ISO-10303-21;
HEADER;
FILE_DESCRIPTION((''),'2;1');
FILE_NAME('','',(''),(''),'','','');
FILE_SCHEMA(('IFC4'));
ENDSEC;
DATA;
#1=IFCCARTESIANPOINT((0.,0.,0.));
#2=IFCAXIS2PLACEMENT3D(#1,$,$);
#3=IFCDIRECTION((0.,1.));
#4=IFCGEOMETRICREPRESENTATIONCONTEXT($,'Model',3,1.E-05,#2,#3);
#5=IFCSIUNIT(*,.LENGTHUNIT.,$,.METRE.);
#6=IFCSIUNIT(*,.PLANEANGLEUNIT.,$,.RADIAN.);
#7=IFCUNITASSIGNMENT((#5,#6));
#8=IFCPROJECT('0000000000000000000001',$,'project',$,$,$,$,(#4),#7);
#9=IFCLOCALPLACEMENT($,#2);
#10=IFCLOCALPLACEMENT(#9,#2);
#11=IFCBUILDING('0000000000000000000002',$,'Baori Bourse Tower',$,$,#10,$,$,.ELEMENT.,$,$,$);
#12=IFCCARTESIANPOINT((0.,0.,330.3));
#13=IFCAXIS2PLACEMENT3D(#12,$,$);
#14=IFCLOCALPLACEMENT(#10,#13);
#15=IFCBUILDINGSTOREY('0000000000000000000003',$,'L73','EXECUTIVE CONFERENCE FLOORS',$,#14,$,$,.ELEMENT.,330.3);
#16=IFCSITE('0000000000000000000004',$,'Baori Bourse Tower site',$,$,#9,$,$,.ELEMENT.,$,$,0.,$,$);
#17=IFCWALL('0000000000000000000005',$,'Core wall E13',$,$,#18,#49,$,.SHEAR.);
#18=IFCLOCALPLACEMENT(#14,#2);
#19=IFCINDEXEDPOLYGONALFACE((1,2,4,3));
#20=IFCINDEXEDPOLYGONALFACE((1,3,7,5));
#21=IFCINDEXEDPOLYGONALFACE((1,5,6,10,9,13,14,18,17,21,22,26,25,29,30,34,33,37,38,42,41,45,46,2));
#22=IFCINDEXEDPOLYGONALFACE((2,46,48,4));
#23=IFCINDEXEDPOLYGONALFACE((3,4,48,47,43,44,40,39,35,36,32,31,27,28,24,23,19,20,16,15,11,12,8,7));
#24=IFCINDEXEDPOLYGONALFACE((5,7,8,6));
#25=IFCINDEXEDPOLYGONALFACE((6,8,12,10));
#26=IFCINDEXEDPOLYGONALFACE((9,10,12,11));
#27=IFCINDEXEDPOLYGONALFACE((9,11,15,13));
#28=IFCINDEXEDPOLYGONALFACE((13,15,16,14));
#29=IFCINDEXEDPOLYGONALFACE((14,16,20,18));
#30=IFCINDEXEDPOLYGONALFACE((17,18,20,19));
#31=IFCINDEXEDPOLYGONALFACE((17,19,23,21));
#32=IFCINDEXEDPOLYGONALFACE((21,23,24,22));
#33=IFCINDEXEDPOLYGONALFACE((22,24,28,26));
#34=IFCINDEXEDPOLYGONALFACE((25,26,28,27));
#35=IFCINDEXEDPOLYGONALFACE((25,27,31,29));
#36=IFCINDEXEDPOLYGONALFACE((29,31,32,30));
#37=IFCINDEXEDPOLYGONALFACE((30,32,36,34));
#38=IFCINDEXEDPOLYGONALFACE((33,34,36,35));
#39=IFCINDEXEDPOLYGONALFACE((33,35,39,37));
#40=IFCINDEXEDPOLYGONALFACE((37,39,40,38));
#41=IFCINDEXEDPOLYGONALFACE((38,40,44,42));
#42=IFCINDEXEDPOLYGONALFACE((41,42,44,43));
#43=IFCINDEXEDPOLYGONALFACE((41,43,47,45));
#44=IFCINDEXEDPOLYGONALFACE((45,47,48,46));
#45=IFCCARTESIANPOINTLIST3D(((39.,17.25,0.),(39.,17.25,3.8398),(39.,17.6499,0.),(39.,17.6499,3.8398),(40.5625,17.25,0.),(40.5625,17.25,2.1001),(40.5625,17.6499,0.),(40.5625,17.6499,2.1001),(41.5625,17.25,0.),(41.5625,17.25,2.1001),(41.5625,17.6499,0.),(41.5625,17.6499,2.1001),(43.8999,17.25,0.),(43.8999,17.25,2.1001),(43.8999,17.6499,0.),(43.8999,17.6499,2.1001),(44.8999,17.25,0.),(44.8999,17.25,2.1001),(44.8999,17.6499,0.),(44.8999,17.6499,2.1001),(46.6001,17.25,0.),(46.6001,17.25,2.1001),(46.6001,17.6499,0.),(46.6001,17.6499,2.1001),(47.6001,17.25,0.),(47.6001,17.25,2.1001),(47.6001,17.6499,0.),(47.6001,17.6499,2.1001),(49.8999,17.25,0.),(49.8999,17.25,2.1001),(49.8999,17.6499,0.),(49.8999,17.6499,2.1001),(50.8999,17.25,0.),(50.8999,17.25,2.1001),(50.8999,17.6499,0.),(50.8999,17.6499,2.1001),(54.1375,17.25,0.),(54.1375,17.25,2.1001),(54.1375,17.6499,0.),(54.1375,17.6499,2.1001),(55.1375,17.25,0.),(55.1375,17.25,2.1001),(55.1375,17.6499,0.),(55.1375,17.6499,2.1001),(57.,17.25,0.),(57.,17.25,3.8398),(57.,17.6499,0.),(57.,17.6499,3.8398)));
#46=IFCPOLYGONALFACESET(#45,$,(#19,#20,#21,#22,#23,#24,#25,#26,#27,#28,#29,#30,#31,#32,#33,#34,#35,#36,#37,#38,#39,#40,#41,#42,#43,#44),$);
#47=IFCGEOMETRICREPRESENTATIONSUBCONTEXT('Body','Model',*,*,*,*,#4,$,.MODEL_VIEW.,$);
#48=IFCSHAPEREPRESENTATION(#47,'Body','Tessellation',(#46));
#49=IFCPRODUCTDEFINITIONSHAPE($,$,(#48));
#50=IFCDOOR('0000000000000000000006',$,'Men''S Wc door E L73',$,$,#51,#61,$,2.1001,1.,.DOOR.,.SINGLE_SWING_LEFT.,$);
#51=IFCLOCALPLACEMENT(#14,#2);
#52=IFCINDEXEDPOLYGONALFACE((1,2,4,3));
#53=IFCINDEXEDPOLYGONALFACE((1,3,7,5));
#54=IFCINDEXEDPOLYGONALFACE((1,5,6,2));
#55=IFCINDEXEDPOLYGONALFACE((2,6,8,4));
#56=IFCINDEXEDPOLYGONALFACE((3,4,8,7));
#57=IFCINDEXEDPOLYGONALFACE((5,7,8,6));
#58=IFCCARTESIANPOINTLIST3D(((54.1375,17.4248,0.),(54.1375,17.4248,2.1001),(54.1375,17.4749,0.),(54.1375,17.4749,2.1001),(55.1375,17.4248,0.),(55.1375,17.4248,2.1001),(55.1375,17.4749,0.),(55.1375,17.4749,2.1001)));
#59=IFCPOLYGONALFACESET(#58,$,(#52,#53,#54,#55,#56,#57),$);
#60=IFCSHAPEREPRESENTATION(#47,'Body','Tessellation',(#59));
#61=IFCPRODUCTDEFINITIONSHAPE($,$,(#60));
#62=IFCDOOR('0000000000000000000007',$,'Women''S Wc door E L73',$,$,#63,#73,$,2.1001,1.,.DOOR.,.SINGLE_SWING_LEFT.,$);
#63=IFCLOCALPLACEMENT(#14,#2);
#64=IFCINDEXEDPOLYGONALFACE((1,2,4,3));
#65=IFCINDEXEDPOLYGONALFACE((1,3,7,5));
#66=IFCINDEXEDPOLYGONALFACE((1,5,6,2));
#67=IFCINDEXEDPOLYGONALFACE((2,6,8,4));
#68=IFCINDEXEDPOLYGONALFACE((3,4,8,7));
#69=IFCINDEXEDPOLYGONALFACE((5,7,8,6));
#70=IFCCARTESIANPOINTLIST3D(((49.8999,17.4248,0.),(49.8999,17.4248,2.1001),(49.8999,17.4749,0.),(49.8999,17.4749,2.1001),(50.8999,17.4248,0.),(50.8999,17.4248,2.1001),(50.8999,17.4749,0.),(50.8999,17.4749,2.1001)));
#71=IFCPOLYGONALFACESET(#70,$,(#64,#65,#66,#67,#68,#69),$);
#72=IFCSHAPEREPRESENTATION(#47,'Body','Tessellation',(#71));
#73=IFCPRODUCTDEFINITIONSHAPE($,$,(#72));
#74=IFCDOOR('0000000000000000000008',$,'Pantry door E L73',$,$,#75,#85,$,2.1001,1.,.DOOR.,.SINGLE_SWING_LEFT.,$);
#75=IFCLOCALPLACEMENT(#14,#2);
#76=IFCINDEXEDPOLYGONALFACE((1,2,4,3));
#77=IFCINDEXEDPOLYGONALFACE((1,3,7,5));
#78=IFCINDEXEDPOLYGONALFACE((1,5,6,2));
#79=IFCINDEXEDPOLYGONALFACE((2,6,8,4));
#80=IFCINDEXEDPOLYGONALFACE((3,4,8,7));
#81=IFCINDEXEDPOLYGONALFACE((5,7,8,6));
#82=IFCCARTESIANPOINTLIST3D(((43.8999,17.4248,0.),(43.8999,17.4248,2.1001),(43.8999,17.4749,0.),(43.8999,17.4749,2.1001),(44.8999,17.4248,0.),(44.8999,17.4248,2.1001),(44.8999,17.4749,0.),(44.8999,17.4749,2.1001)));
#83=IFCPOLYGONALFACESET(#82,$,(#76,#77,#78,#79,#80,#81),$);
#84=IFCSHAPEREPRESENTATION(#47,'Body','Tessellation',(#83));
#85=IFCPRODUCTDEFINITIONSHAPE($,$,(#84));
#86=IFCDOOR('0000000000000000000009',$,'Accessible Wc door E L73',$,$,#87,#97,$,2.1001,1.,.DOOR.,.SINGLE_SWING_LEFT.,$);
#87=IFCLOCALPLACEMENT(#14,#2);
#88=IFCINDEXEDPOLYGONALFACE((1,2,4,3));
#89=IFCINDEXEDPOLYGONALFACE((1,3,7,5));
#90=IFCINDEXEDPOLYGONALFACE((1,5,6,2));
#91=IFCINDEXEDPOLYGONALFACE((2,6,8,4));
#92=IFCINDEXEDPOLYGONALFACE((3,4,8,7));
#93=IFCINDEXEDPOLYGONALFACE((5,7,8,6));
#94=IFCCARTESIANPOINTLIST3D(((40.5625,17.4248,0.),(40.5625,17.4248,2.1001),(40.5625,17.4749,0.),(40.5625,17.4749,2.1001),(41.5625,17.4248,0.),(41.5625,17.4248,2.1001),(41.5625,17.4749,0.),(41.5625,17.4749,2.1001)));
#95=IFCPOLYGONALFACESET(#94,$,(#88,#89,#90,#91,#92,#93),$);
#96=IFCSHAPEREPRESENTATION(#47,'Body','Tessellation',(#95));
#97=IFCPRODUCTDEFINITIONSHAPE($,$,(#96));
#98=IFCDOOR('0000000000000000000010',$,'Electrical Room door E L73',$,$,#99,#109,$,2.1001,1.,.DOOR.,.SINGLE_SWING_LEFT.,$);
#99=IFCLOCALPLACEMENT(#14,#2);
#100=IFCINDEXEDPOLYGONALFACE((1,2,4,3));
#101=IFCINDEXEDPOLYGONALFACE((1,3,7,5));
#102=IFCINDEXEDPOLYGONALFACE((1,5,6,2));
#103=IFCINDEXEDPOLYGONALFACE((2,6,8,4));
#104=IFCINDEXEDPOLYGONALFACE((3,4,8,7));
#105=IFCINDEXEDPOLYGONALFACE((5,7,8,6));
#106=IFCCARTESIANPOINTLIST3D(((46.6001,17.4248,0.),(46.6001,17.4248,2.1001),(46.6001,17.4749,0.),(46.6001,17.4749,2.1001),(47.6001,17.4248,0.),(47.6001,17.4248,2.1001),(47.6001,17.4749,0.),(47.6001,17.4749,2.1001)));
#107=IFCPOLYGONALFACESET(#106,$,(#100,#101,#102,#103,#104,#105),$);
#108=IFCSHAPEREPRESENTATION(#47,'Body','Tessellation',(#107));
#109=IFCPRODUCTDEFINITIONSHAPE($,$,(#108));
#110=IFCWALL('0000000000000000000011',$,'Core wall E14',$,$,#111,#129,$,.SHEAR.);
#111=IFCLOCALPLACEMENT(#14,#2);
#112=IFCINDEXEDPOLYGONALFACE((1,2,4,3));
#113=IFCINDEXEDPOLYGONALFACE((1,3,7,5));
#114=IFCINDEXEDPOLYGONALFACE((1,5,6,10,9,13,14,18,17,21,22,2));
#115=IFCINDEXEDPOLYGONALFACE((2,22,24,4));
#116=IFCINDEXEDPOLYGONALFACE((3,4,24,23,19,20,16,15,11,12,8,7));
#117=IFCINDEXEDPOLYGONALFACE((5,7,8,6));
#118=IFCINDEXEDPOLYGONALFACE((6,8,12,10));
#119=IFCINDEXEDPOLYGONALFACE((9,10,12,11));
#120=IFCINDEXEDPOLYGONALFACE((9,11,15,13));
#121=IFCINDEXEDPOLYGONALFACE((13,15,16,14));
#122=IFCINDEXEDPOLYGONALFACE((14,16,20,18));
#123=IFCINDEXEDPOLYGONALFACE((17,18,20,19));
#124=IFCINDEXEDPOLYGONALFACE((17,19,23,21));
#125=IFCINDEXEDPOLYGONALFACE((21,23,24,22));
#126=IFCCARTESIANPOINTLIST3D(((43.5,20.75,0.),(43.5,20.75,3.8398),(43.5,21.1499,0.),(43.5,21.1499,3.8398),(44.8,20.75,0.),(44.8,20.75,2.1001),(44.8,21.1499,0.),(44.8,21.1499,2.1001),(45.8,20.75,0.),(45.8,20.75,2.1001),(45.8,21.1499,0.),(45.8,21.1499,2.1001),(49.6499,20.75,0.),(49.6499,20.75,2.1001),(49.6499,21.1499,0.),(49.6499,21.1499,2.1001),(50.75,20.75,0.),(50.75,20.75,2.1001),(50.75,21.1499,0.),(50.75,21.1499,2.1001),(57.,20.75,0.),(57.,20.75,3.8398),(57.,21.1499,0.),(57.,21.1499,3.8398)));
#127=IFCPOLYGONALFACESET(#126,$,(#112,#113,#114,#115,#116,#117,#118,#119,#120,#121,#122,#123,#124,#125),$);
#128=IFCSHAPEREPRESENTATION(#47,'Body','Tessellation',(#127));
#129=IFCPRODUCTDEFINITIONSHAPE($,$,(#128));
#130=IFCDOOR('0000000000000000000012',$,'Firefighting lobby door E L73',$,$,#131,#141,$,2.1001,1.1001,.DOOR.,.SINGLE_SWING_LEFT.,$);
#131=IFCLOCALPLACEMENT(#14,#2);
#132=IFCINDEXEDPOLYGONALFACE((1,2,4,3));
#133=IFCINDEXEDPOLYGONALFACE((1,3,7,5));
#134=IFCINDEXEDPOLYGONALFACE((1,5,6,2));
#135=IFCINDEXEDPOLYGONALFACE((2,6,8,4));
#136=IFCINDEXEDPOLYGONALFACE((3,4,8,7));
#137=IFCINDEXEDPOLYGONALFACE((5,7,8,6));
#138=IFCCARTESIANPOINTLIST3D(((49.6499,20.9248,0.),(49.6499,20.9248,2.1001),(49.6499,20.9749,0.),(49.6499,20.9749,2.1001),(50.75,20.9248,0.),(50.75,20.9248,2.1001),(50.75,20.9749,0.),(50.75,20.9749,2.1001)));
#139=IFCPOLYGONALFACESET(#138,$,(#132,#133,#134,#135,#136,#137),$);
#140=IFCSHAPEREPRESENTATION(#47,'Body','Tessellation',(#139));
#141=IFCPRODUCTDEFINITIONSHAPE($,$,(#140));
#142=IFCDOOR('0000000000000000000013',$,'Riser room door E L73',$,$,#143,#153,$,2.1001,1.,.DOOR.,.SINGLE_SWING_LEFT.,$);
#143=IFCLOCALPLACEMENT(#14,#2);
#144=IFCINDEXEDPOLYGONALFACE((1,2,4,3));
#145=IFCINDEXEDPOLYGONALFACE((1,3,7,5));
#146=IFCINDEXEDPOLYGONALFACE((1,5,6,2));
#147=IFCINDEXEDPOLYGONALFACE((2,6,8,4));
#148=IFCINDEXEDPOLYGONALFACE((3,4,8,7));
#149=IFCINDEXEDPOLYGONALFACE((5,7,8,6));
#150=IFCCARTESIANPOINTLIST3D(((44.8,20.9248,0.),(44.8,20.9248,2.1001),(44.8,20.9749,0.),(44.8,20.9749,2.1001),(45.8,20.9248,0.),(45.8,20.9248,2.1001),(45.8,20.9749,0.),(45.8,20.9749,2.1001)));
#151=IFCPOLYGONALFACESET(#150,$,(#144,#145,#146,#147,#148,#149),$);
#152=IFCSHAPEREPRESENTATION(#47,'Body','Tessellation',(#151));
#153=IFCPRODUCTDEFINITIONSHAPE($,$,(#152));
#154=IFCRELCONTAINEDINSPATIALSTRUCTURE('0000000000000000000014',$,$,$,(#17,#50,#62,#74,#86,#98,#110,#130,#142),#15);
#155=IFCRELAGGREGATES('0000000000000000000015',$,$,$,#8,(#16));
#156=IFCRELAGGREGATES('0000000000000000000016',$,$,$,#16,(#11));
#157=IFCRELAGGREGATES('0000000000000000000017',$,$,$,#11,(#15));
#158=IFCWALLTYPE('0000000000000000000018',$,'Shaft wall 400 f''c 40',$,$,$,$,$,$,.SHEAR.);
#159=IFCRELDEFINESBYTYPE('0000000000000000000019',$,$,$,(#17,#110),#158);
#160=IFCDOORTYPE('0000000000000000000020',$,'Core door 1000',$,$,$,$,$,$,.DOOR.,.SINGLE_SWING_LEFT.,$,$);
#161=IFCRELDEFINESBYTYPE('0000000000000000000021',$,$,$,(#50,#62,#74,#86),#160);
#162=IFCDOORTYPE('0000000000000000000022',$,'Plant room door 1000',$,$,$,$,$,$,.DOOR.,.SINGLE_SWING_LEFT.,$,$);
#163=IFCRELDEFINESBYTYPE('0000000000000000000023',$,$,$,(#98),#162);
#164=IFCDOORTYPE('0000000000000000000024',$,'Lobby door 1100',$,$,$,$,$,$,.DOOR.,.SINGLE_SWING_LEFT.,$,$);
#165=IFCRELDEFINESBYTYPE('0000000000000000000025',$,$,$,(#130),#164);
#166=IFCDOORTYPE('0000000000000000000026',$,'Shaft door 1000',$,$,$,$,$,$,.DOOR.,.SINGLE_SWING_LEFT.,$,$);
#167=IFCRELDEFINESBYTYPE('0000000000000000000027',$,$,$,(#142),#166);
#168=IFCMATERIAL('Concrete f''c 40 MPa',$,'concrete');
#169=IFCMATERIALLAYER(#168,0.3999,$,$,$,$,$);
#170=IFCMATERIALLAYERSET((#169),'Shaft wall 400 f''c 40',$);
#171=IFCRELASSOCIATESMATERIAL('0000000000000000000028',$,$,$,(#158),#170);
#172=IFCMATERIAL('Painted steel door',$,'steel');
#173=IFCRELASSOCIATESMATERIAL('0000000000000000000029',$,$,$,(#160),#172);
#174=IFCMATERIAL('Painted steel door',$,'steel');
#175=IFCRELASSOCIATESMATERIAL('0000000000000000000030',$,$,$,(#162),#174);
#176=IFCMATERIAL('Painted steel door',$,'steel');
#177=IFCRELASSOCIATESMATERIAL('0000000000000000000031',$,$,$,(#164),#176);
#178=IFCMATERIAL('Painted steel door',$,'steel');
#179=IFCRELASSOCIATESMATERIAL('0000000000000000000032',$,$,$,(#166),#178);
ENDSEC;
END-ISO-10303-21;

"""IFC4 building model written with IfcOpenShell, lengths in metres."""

from ifc_helpers import new_model, si_unit, direction, frame, frame_2d, origin, place, context, subcontext, project, spatial, rectangle, extrude, material, layer, layer_set, type_object, element, fill, save


model = new_model("IFC4")

# Units and contexts
model_context = context("Model", 3, precision=1e-05, world=origin(), true_north=direction((0.0, 1.0)))
body_context = subcontext(model_context, "Body", "Model", "MODEL_VIEW")
ifc_project = project(units=[si_unit("LENGTHUNIT", "METRE"), si_unit("PLANEANGLEUNIT", "RADIAN")], contexts=[model_context])

# Site, building, storey
site_placement = place(None, origin())
site = spatial("IfcSite", under=ifc_project, at=site_placement, Name="Baori Bourse Tower site", CompositionType="ELEMENT", RefElevation=0.0)
building_placement = place(site_placement, origin())
building = spatial("IfcBuilding", under=site, at=building_placement, Name="Baori Bourse Tower", CompositionType="ELEMENT")
storey_placement = place(building_placement, frame((0.0, 0.0, 330.3)))
storey = spatial("IfcBuildingStorey", under=building, at=storey_placement, Name="L73", Description="EXECUTIVE CONFERENCE FLOORS", CompositionType="ELEMENT", Elevation=330.3)

# Shared definitions
ifc_material_1 = material(Name="Concrete f'c 40 MPa", Category="concrete")
ifc_layer_1 = layer(ifc_material_1, 0.3999)
ifc_layer_set_1 = layer_set([ifc_layer_1], Name="Shaft wall 400 f'c 40")
wall_type_1 = type_object("IfcWallType", Name="Shaft wall 400 f'c 40", PredefinedType="SHEAR", material=ifc_layer_set_1)

# Walls, openings, doors
wall_1_placement = place(storey_placement, frame((39.0, 17.45, 0.0), z_axis=(0.0, 0.0, 1.0), x_axis=(1.0, 0.0, 0.0)))
wall_1 = element("IfcWall", 1, at=wall_1_placement, inside=storey, type_object=wall_type_1, Name="Core wall E13", PredefinedType="SHEAR", context=body_context, shape_type="SweptSolid", body=[
    extrude(rectangle(XDim=18.0, YDim=0.3999, at=frame_2d((9.0, 0.0))), origin(), (0.0, 0.0, 1.0), 3.8398),
])
opening_1_placement = place(wall_1_placement, frame((15.1375, 0.0, 0.0)))
opening_1 = element("IfcOpeningElement", 2, at=opening_1_placement, cuts=wall_1, PredefinedType="OPENING", context=body_context, shape_type="SweptSolid", body=[
    extrude(rectangle(XDim=1.0, YDim=2.1001, at=frame_2d((0.5, 1.05))), frame((0.0, 0.21, 0.0), z_axis=(0.0, -1.0, 0.0), x_axis=(1.0, 0.0, 0.0)), (0.0, 0.0, 1.0), 0.4199),
])
opening_2_placement = place(wall_1_placement, frame((10.8999, 0.0, 0.0)))
opening_2 = element("IfcOpeningElement", 3, at=opening_2_placement, cuts=wall_1, PredefinedType="OPENING", context=body_context, shape_type="SweptSolid", body=[
    extrude(rectangle(XDim=1.0, YDim=2.1001, at=frame_2d((0.5, 1.05))), frame((0.0, 0.21, 0.0), z_axis=(0.0, -1.0, 0.0), x_axis=(1.0, 0.0, 0.0)), (0.0, 0.0, 1.0), 0.4199),
])
opening_3_placement = place(wall_1_placement, frame((7.6001, 0.0, 0.0)))
opening_3 = element("IfcOpeningElement", 4, at=opening_3_placement, cuts=wall_1, PredefinedType="OPENING", context=body_context, shape_type="SweptSolid", body=[
    extrude(rectangle(XDim=1.0, YDim=2.1001, at=frame_2d((0.5, 1.05))), frame((0.0, 0.21, 0.0), z_axis=(0.0, -1.0, 0.0), x_axis=(1.0, 0.0, 0.0)), (0.0, 0.0, 1.0), 0.4199),
])
opening_4_placement = place(wall_1_placement, frame((4.8999, 0.0, 0.0)))
opening_4 = element("IfcOpeningElement", 5, at=opening_4_placement, cuts=wall_1, PredefinedType="OPENING", context=body_context, shape_type="SweptSolid", body=[
    extrude(rectangle(XDim=1.0, YDim=2.1001, at=frame_2d((0.5, 1.05))), frame((0.0, 0.21, 0.0), z_axis=(0.0, -1.0, 0.0), x_axis=(1.0, 0.0, 0.0)), (0.0, 0.0, 1.0), 0.4199),
])
opening_5_placement = place(wall_1_placement, frame((1.5625, 0.0, 0.0)))
opening_5 = element("IfcOpeningElement", 6, at=opening_5_placement, cuts=wall_1, PredefinedType="OPENING", context=body_context, shape_type="SweptSolid", body=[
    extrude(rectangle(XDim=1.0, YDim=2.1001, at=frame_2d((0.5, 1.05))), frame((0.0, 0.21, 0.0), z_axis=(0.0, -1.0, 0.0), x_axis=(1.0, 0.0, 0.0)), (0.0, 0.0, 1.0), 0.4199),
])
ifc_material_2 = material(Name="Painted steel door", Category="steel")
door_type_1 = type_object("IfcDoorType", Name="Core door 1000", OperationType="SINGLE_SWING_LEFT", PredefinedType="DOOR", material=ifc_material_2)
door_1_placement = place(opening_1_placement, origin())
door_1 = element("IfcDoor", 7, at=door_1_placement, inside=storey, type_object=door_type_1, Name="Men'S Wc door E L73", OperationType="SINGLE_SWING_LEFT", OverallHeight=2.1001, OverallWidth=1.0, PredefinedType="DOOR", context=body_context, shape_type="SweptSolid", body=[
    extrude(rectangle(XDim=1.0, YDim=2.1001, at=frame_2d((0.5, 1.05))), frame((0.0, 0.0249, 0.0), z_axis=(0.0, -1.0, 0.0), x_axis=(1.0, 0.0, 0.0)), (0.0, 0.0, 1.0), 0.05),
])
fill(opening_1, door_1)
door_2_placement = place(opening_2_placement, origin())
door_2 = element("IfcDoor", 8, at=door_2_placement, inside=storey, type_object=door_type_1, Name="Women'S Wc door E L73", OperationType="SINGLE_SWING_LEFT", OverallHeight=2.1001, OverallWidth=1.0, PredefinedType="DOOR", context=body_context, shape_type="SweptSolid", body=[
    extrude(rectangle(XDim=1.0, YDim=2.1001, at=frame_2d((0.5, 1.05))), frame((0.0, 0.0249, 0.0), z_axis=(0.0, -1.0, 0.0), x_axis=(1.0, 0.0, 0.0)), (0.0, 0.0, 1.0), 0.05),
])
fill(opening_2, door_2)
door_3_placement = place(opening_4_placement, origin())
door_3 = element("IfcDoor", 9, at=door_3_placement, inside=storey, type_object=door_type_1, Name="Pantry door E L73", OperationType="SINGLE_SWING_LEFT", OverallHeight=2.1001, OverallWidth=1.0, PredefinedType="DOOR", context=body_context, shape_type="SweptSolid", body=[
    extrude(rectangle(XDim=1.0, YDim=2.1001, at=frame_2d((0.5, 1.05))), frame((0.0, 0.0249, 0.0), z_axis=(0.0, -1.0, 0.0), x_axis=(1.0, 0.0, 0.0)), (0.0, 0.0, 1.0), 0.05),
])
fill(opening_4, door_3)
door_4_placement = place(opening_5_placement, origin())
door_4 = element("IfcDoor", 10, at=door_4_placement, inside=storey, type_object=door_type_1, Name="Accessible Wc door E L73", OperationType="SINGLE_SWING_LEFT", OverallHeight=2.1001, OverallWidth=1.0, PredefinedType="DOOR", context=body_context, shape_type="SweptSolid", body=[
    extrude(rectangle(XDim=1.0, YDim=2.1001, at=frame_2d((0.5, 1.05))), frame((0.0, 0.0249, 0.0), z_axis=(0.0, -1.0, 0.0), x_axis=(1.0, 0.0, 0.0)), (0.0, 0.0, 1.0), 0.05),
])
fill(opening_5, door_4)
ifc_material_3 = material(Name="Painted steel door", Category="steel")
door_type_2 = type_object("IfcDoorType", Name="Plant room door 1000", OperationType="SINGLE_SWING_LEFT", PredefinedType="DOOR", material=ifc_material_3)
door_5_placement = place(opening_3_placement, origin())
door_5 = element("IfcDoor", 11, at=door_5_placement, inside=storey, type_object=door_type_2, Name="Electrical Room door E L73", OperationType="SINGLE_SWING_LEFT", OverallHeight=2.1001, OverallWidth=1.0, PredefinedType="DOOR", context=body_context, shape_type="SweptSolid", body=[
    extrude(rectangle(XDim=1.0, YDim=2.1001, at=frame_2d((0.5, 1.05))), frame((0.0, 0.0249, 0.0), z_axis=(0.0, -1.0, 0.0), x_axis=(1.0, 0.0, 0.0)), (0.0, 0.0, 1.0), 0.05),
])
fill(opening_3, door_5)
wall_2_placement = place(storey_placement, frame((43.5, 20.95, 0.0), z_axis=(0.0, 0.0, 1.0), x_axis=(1.0, 0.0, 0.0)))
wall_2 = element("IfcWall", 12, at=wall_2_placement, inside=storey, type_object=wall_type_1, Name="Core wall E14", PredefinedType="SHEAR", context=body_context, shape_type="SweptSolid", body=[
    extrude(rectangle(XDim=13.5, YDim=0.3999, at=frame_2d((6.75, 0.0))), origin(), (0.0, 0.0, 1.0), 3.8398),
])
opening_6_placement = place(wall_2_placement, frame((6.1499, 0.0, 0.0)))
opening_6 = element("IfcOpeningElement", 13, at=opening_6_placement, cuts=wall_2, PredefinedType="OPENING", context=body_context, shape_type="SweptSolid", body=[
    extrude(rectangle(XDim=1.1001, YDim=2.1001, at=frame_2d((0.55, 1.05))), frame((0.0, 0.21, 0.0), z_axis=(0.0, -1.0, 0.0), x_axis=(1.0, 0.0, 0.0)), (0.0, 0.0, 1.0), 0.4199),
])
opening_7_placement = place(wall_2_placement, frame((1.3, 0.0, 0.0)))
opening_7 = element("IfcOpeningElement", 14, at=opening_7_placement, cuts=wall_2, PredefinedType="OPENING", context=body_context, shape_type="SweptSolid", body=[
    extrude(rectangle(XDim=1.0, YDim=2.1001, at=frame_2d((0.5, 1.05))), frame((0.0, 0.21, 0.0), z_axis=(0.0, -1.0, 0.0), x_axis=(1.0, 0.0, 0.0)), (0.0, 0.0, 1.0), 0.4199),
])
ifc_material_4 = material(Name="Painted steel door", Category="steel")
door_type_3 = type_object("IfcDoorType", Name="Lobby door 1100", OperationType="SINGLE_SWING_LEFT", PredefinedType="DOOR", material=ifc_material_4)
door_6_placement = place(opening_6_placement, origin())
door_6 = element("IfcDoor", 15, at=door_6_placement, inside=storey, type_object=door_type_3, Name="Firefighting lobby door E L73", OperationType="SINGLE_SWING_LEFT", OverallHeight=2.1001, OverallWidth=1.1001, PredefinedType="DOOR", context=body_context, shape_type="SweptSolid", body=[
    extrude(rectangle(XDim=1.1001, YDim=2.1001, at=frame_2d((0.55, 1.05))), frame((0.0, 0.0249, 0.0), z_axis=(0.0, -1.0, 0.0), x_axis=(1.0, 0.0, 0.0)), (0.0, 0.0, 1.0), 0.05),
])
fill(opening_6, door_6)
ifc_material_5 = material(Name="Painted steel door", Category="steel")
door_type_4 = type_object("IfcDoorType", Name="Shaft door 1000", OperationType="SINGLE_SWING_LEFT", PredefinedType="DOOR", material=ifc_material_5)
door_7_placement = place(opening_7_placement, origin())
door_7 = element("IfcDoor", 16, at=door_7_placement, inside=storey, type_object=door_type_4, Name="Riser room door E L73", OperationType="SINGLE_SWING_LEFT", OverallHeight=2.1001, OverallWidth=1.0, PredefinedType="DOOR", context=body_context, shape_type="SweptSolid", body=[
    extrude(rectangle(XDim=1.0, YDim=2.1001, at=frame_2d((0.5, 1.05))), frame((0.0, 0.0249, 0.0), z_axis=(0.0, -1.0, 0.0), x_axis=(1.0, 0.0, 0.0)), (0.0, 0.0, 1.0), 0.05),
])
fill(opening_7, door_7)

save(model, "model.ifc")
